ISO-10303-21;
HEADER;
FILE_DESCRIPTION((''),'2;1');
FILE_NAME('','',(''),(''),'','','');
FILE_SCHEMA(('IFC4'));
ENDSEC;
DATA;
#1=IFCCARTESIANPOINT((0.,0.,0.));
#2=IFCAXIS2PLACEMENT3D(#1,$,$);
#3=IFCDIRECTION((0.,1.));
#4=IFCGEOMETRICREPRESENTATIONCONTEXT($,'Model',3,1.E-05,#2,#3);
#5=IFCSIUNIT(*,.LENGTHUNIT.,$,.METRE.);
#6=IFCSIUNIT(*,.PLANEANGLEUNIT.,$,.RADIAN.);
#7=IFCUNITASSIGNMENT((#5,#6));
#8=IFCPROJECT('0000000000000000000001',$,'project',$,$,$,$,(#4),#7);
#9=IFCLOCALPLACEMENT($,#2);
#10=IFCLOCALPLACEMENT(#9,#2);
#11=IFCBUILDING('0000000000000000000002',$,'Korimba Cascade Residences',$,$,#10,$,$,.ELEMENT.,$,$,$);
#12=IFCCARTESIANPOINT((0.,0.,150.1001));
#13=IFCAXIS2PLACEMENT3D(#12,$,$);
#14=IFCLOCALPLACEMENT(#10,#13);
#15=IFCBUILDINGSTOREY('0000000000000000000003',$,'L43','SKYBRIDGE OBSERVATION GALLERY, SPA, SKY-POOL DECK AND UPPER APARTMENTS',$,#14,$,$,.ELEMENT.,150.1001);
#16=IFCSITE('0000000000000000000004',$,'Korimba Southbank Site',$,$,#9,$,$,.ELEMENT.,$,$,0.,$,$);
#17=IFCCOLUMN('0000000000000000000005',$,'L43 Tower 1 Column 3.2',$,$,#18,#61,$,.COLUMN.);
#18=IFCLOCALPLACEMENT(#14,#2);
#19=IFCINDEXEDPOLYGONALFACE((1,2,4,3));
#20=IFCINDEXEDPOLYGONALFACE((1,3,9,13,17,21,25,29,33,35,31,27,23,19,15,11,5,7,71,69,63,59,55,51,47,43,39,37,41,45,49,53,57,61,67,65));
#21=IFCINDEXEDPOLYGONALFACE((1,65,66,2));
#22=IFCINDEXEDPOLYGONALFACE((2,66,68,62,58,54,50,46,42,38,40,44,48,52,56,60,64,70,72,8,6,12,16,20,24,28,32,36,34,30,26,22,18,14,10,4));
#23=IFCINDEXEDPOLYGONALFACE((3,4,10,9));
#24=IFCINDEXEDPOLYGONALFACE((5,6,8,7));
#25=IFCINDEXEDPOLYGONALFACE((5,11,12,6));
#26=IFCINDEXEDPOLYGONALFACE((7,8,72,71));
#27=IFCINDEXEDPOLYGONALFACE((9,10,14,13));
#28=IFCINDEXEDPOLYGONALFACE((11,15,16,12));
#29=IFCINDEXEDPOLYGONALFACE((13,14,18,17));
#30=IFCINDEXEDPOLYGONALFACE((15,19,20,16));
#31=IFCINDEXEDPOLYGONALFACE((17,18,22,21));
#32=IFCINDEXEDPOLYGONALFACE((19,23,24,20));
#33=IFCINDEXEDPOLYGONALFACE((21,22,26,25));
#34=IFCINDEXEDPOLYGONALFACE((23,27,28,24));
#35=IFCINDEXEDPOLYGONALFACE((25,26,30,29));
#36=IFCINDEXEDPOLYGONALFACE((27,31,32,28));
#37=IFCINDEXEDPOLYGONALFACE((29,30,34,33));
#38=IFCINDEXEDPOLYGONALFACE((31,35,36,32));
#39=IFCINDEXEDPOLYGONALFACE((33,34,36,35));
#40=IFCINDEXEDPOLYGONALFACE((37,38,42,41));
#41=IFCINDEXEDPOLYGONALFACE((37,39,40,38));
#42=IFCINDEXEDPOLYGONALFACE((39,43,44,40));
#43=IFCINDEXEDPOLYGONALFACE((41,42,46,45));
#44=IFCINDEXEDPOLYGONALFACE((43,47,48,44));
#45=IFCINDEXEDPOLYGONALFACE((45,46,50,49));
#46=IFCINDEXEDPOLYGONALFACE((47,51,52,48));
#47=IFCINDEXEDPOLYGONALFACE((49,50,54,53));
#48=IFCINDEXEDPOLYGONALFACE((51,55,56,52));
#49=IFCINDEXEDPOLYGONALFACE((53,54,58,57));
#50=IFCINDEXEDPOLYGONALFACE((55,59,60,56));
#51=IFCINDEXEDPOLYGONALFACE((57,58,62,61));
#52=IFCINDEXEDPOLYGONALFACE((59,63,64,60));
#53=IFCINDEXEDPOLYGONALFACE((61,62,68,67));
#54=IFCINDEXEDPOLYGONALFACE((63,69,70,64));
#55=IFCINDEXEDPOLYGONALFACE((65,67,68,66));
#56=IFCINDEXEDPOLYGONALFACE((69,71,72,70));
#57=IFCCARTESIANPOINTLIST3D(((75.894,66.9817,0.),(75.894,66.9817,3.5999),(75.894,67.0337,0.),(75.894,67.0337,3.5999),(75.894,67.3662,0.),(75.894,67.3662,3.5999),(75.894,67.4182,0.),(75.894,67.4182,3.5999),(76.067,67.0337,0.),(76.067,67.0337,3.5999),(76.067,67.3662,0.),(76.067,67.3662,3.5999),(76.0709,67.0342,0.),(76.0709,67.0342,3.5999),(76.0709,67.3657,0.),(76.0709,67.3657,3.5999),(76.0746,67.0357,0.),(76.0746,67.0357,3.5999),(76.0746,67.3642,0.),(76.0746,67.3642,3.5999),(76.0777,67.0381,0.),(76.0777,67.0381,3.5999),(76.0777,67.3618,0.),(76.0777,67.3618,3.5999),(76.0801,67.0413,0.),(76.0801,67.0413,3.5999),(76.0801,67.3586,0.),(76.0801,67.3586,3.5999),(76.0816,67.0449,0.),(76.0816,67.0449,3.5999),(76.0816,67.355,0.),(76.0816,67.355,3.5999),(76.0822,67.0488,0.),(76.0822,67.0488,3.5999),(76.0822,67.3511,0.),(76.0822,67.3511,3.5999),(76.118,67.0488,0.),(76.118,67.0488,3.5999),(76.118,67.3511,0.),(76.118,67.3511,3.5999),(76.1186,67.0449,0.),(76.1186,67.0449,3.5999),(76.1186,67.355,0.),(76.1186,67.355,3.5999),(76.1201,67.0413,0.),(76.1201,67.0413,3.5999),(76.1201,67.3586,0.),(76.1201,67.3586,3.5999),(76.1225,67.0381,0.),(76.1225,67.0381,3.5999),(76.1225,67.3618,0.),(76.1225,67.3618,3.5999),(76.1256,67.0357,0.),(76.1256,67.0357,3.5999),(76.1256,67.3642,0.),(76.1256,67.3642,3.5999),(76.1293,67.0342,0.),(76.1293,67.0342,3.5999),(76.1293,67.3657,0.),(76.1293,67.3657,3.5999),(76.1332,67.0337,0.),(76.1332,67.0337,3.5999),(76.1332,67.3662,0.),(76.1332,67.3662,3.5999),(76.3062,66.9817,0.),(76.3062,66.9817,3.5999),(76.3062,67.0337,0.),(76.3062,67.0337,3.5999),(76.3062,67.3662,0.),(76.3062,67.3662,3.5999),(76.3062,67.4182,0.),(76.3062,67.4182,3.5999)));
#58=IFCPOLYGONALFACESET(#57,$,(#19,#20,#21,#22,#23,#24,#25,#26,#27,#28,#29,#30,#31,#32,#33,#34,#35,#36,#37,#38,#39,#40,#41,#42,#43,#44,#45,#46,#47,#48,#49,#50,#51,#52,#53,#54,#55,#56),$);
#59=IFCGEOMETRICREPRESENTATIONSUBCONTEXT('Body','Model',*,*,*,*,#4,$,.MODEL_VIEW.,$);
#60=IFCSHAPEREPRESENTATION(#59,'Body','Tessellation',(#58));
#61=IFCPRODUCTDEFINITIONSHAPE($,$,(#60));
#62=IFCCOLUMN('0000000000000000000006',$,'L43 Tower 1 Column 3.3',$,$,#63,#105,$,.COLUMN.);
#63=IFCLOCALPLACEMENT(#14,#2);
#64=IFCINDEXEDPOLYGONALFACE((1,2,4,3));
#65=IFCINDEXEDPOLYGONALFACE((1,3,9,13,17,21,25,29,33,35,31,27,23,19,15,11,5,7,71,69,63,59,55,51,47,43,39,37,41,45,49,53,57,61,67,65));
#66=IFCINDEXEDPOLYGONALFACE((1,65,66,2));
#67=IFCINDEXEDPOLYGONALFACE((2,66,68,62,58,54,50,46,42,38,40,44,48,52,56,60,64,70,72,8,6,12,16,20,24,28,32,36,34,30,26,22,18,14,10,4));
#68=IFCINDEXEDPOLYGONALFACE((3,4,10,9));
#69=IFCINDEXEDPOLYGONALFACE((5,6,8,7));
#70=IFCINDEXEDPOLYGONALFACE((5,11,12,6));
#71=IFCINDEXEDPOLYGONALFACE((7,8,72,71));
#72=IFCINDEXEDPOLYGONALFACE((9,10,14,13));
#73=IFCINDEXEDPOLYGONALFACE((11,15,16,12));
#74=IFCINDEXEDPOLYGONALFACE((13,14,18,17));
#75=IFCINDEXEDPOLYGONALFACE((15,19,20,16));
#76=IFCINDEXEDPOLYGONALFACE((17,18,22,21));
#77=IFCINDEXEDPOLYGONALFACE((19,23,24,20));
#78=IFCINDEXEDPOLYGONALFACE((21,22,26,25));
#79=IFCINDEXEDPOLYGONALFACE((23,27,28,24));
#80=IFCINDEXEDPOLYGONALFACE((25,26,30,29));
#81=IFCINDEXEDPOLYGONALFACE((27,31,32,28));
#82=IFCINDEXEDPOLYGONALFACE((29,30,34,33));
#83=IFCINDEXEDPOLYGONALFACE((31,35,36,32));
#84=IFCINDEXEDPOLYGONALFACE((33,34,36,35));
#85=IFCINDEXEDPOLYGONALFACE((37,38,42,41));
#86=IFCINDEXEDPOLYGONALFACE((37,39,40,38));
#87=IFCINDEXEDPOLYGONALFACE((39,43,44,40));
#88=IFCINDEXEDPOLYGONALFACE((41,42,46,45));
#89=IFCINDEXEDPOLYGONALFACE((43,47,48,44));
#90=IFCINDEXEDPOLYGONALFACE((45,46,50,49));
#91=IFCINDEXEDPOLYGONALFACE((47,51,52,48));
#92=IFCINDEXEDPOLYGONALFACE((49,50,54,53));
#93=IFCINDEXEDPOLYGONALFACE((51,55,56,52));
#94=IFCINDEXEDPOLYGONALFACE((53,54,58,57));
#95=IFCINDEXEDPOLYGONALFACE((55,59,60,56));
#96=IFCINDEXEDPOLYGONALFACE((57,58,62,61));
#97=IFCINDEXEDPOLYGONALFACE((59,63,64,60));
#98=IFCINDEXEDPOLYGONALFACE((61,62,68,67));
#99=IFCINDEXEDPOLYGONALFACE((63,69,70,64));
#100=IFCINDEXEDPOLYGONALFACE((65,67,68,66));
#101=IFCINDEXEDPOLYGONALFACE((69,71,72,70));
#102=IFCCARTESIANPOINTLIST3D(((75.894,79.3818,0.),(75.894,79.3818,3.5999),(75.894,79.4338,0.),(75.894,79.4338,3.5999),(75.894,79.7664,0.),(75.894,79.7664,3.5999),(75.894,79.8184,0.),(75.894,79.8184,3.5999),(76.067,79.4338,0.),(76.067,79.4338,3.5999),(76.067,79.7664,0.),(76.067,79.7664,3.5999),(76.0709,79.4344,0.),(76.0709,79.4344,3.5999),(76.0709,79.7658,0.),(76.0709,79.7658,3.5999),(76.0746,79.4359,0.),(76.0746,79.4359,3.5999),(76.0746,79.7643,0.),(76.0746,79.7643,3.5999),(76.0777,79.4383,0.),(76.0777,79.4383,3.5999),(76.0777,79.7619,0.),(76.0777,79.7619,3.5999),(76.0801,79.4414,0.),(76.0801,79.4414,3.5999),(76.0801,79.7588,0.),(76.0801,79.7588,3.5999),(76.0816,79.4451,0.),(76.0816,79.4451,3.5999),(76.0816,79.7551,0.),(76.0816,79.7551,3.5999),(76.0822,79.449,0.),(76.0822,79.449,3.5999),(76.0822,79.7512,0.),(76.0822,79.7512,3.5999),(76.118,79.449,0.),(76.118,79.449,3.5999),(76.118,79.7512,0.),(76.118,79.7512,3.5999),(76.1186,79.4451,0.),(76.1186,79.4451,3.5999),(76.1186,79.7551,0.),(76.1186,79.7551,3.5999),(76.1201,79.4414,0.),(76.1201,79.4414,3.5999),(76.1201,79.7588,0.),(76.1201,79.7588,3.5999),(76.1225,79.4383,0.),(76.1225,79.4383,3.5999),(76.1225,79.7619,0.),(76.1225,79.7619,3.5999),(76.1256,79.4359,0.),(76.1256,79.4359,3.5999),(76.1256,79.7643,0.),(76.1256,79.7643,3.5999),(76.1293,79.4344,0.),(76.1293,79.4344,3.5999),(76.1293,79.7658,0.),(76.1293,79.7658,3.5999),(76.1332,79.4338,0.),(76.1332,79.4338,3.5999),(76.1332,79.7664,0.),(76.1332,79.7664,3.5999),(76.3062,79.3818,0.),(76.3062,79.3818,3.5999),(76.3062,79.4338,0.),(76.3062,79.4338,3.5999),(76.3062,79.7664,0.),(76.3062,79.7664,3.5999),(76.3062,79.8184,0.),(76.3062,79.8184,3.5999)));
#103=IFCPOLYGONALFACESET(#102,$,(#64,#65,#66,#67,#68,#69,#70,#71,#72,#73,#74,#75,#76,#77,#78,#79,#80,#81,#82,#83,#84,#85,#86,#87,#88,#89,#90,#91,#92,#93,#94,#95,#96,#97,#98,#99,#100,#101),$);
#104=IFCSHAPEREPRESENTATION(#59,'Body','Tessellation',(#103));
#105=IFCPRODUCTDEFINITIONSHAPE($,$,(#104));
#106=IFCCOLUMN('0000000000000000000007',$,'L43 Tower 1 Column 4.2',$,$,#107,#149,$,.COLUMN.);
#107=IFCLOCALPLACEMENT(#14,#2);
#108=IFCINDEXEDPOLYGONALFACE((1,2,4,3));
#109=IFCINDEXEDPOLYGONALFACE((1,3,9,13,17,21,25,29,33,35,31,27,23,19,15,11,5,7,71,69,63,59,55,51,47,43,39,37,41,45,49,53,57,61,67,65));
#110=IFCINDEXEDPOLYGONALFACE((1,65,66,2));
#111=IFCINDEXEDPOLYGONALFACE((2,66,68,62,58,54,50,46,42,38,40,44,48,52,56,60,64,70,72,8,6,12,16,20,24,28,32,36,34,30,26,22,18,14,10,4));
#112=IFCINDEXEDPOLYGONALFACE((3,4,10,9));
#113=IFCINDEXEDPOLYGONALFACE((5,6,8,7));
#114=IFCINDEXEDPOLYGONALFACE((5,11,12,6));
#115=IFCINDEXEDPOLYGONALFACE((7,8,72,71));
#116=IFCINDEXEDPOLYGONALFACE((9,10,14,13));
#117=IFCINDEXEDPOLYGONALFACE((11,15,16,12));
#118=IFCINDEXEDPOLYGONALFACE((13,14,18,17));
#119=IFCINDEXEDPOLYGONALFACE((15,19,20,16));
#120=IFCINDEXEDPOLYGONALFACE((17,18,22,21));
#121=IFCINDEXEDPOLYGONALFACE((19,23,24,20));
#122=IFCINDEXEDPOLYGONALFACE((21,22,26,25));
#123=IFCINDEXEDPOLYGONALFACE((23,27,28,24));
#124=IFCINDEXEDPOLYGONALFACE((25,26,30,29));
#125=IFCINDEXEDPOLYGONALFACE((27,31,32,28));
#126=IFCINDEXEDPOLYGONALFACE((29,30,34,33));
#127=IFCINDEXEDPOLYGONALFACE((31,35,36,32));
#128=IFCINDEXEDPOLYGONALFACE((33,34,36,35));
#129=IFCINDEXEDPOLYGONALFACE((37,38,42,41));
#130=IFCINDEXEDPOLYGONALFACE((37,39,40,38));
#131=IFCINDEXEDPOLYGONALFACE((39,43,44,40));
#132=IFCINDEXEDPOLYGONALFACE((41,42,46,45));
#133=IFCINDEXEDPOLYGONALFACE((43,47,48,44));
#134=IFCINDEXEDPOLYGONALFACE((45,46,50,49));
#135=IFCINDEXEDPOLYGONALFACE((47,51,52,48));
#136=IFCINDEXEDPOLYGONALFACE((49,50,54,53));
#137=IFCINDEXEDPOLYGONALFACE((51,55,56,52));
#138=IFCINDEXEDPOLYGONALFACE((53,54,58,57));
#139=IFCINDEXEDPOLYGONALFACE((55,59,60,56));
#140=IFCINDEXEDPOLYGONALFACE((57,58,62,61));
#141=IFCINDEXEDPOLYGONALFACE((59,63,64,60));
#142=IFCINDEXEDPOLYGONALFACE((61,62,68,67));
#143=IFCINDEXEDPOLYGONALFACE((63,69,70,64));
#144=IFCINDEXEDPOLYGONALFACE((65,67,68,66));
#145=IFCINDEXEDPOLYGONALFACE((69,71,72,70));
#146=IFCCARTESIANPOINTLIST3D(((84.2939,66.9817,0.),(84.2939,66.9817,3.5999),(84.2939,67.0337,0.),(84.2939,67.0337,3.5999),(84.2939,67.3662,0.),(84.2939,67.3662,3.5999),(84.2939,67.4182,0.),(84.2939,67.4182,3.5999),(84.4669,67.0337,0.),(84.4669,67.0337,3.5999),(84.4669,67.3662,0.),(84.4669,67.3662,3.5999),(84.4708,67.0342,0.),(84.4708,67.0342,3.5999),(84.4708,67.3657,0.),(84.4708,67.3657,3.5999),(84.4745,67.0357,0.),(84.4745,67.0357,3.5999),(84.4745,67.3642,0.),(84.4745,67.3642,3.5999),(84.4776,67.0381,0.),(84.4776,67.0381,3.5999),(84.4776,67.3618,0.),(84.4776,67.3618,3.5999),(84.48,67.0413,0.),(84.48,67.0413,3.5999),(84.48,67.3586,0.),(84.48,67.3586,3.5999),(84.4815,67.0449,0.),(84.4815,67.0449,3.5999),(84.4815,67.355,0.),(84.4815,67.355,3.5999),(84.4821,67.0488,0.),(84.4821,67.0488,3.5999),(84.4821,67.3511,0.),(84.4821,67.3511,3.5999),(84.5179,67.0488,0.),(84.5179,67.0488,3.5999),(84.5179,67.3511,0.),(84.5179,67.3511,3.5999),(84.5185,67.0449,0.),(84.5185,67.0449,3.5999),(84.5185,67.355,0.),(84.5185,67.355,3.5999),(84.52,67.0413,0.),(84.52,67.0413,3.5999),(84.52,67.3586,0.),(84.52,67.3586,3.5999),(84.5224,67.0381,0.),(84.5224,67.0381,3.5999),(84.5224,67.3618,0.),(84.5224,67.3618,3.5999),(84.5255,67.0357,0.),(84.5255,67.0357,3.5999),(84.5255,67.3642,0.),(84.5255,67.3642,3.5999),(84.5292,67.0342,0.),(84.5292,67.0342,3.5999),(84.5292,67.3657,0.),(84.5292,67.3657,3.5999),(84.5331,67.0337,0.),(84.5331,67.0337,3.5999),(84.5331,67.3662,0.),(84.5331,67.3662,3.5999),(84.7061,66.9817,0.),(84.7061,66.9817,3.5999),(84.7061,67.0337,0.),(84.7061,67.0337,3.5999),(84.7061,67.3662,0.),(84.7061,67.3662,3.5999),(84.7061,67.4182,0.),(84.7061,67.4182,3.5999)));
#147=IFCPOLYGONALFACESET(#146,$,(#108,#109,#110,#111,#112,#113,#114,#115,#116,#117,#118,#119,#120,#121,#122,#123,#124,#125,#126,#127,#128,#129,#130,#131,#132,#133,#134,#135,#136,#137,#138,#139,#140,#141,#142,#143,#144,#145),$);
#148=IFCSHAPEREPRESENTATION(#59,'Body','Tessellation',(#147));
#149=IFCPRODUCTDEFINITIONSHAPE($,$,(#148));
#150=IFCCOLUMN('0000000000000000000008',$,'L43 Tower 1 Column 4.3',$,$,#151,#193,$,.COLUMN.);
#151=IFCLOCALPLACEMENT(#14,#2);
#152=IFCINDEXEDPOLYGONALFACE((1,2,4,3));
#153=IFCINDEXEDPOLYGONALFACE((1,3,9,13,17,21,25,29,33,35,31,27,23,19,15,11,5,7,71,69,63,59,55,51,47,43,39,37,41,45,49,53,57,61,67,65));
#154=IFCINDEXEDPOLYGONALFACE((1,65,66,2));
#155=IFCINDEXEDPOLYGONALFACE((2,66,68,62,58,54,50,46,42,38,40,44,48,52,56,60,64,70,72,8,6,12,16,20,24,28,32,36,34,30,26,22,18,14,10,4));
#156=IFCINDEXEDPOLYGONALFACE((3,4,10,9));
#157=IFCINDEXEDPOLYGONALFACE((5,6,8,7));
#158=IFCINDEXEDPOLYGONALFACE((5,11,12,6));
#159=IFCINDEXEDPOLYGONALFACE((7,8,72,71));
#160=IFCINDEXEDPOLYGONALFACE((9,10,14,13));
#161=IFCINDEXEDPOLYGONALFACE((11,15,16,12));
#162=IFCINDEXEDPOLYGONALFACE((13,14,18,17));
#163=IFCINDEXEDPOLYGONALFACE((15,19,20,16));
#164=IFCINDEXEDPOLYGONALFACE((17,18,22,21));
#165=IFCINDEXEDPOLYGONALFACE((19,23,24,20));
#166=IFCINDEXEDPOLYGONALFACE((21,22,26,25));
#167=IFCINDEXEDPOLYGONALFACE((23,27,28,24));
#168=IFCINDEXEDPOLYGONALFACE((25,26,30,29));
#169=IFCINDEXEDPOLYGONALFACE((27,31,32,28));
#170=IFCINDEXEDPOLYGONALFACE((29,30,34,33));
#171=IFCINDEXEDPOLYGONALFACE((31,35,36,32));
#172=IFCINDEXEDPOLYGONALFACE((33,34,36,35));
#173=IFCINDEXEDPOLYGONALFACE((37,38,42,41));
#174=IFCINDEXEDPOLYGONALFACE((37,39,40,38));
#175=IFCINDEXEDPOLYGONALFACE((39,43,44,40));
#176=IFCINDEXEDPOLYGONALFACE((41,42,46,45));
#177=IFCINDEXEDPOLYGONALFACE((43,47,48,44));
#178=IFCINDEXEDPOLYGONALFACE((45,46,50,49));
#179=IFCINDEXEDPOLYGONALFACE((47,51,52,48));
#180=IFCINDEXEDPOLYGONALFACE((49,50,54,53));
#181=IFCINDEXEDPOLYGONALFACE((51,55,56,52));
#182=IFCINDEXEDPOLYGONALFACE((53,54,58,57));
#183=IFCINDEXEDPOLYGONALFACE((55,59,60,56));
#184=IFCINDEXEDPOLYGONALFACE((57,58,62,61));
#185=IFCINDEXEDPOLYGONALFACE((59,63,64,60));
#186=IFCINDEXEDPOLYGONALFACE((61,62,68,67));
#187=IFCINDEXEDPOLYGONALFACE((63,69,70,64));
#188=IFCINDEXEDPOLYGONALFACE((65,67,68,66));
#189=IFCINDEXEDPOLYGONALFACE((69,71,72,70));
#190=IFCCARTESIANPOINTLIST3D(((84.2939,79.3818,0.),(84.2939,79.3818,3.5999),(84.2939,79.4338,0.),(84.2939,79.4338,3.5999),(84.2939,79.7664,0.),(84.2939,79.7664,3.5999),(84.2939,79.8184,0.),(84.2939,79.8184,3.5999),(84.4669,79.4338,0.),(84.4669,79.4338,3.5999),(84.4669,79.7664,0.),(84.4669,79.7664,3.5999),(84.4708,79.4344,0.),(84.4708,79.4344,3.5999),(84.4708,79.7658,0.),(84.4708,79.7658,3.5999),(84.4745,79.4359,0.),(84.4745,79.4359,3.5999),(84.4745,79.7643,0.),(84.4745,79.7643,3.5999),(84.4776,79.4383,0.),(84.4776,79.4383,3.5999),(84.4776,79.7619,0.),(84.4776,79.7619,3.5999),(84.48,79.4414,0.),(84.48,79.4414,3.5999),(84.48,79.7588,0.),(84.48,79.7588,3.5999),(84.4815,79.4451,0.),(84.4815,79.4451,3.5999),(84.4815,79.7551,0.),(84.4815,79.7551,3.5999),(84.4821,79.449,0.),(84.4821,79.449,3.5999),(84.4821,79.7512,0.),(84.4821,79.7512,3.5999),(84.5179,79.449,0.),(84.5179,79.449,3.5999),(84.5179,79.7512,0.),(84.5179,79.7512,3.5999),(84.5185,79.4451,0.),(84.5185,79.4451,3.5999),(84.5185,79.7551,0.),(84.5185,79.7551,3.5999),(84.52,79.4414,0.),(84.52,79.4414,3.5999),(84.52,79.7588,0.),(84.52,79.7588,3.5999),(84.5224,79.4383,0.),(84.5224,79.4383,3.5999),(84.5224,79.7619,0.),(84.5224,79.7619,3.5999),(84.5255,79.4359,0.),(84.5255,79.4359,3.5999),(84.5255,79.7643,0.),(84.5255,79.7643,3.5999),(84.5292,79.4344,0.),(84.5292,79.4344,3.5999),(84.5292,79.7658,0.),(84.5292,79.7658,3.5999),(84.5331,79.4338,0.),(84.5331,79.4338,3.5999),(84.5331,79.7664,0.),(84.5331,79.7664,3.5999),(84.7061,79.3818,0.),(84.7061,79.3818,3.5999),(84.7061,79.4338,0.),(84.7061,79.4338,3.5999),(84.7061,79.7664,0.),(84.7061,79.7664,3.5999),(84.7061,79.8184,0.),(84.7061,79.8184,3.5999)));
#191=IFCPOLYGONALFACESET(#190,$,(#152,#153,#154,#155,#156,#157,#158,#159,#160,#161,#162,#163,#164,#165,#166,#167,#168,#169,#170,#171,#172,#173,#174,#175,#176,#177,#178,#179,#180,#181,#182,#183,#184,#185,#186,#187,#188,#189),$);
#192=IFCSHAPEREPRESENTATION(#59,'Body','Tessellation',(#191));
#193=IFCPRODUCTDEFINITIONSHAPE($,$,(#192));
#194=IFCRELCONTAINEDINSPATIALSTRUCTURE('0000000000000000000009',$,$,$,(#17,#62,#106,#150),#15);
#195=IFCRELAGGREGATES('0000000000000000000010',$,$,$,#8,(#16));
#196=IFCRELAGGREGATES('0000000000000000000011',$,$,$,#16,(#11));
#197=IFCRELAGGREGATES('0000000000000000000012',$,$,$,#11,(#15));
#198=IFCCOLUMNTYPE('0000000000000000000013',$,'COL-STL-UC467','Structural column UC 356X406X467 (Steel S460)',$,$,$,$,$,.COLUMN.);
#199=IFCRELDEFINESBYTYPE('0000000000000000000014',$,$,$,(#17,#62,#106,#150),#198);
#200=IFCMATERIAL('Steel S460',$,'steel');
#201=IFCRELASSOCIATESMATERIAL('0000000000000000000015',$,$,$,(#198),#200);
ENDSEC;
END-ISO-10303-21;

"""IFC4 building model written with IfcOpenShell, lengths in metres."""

from ifc_helpers import new_model, si_unit, direction, frame, origin, origin_2d, place, context, subcontext, project, spatial, i_section, extrude, material, material_profile, profile_set, type_object, element, save


model = new_model("IFC4")

# Units and contexts
model_context = context("Model", 3, precision=1e-05, world=origin(), true_north=direction((0.0, 1.0)))
body_context = subcontext(model_context, "Body", "Model", "MODEL_VIEW")
ifc_project = project(units=[si_unit("LENGTHUNIT", "METRE"), si_unit("PLANEANGLEUNIT", "RADIAN")], contexts=[model_context])

# Site, building, storey
site_placement = place(None, origin())
site = spatial("IfcSite", under=ifc_project, at=site_placement, Name="Korimba Southbank Site", CompositionType="ELEMENT", RefElevation=0.0)
building_placement = place(site_placement, origin())
building = spatial("IfcBuilding", under=site, at=building_placement, Name="Korimba Cascade Residences", CompositionType="ELEMENT")
storey_placement = place(building_placement, frame((0.0, 0.0, 150.1001)))
storey = spatial("IfcBuildingStorey", under=building, at=storey_placement, Name="L43", Description="SKYBRIDGE OBSERVATION GALLERY, SPA, SKY-POOL DECK AND UPPER APARTMENTS", CompositionType="ELEMENT", Elevation=150.1001)

# Columns
ifc_material_1 = material(Name="Steel S460", Category="steel")
ifc_material_profile_1 = material_profile(ifc_material_1, i_section(OverallWidth=0.4121, OverallDepth=0.4365, WebThickness=0.0359, FlangeThickness=0.052, FilletRadius=0.0151, at=origin_2d()), Name="Steel S460")
ifc_profile_set_1 = profile_set([ifc_material_profile_1], Name="Steel S460")
column_type = type_object("IfcColumnType", Name="COL-STL-UC467", Description="Structural column UC 356X406X467 (Steel S460)", PredefinedType="COLUMN", material=ifc_profile_set_1)
for number, where, z_axis, x_axis, name in (
    (1, (76.1001, 67.2, 0.0), (0.0, 0.0, 1.0), (1.0, 0.0, 0.0), "L43 Tower 1 Column 3.2"),
    (2, (76.1001, 79.6001, 0.0), (0.0, 0.0, 1.0), (1.0, 0.0, 0.0), "L43 Tower 1 Column 3.3"),
    (3, (84.5, 67.2, 0.0), (0.0, 0.0, 1.0), (1.0, 0.0, 0.0), "L43 Tower 1 Column 4.2"),
    (4, (84.5, 79.6001, 0.0), (0.0, 0.0, 1.0), (1.0, 0.0, 0.0), "L43 Tower 1 Column 4.3"),
):
    element("IfcColumn", number, at=place(storey_placement, frame(where, z_axis=z_axis, x_axis=x_axis)), inside=storey, type_object=column_type, Name=name, PredefinedType="COLUMN", context=body_context, shape_type="SweptSolid", body=[
        extrude(i_section(OverallWidth=0.4121, OverallDepth=0.4365, WebThickness=0.0359, FlangeThickness=0.052, FilletRadius=0.0151, at=origin_2d()), origin(), (0.0, 0.0, 1.0), 3.5999),
    ])

save(model, "model.ifc")
